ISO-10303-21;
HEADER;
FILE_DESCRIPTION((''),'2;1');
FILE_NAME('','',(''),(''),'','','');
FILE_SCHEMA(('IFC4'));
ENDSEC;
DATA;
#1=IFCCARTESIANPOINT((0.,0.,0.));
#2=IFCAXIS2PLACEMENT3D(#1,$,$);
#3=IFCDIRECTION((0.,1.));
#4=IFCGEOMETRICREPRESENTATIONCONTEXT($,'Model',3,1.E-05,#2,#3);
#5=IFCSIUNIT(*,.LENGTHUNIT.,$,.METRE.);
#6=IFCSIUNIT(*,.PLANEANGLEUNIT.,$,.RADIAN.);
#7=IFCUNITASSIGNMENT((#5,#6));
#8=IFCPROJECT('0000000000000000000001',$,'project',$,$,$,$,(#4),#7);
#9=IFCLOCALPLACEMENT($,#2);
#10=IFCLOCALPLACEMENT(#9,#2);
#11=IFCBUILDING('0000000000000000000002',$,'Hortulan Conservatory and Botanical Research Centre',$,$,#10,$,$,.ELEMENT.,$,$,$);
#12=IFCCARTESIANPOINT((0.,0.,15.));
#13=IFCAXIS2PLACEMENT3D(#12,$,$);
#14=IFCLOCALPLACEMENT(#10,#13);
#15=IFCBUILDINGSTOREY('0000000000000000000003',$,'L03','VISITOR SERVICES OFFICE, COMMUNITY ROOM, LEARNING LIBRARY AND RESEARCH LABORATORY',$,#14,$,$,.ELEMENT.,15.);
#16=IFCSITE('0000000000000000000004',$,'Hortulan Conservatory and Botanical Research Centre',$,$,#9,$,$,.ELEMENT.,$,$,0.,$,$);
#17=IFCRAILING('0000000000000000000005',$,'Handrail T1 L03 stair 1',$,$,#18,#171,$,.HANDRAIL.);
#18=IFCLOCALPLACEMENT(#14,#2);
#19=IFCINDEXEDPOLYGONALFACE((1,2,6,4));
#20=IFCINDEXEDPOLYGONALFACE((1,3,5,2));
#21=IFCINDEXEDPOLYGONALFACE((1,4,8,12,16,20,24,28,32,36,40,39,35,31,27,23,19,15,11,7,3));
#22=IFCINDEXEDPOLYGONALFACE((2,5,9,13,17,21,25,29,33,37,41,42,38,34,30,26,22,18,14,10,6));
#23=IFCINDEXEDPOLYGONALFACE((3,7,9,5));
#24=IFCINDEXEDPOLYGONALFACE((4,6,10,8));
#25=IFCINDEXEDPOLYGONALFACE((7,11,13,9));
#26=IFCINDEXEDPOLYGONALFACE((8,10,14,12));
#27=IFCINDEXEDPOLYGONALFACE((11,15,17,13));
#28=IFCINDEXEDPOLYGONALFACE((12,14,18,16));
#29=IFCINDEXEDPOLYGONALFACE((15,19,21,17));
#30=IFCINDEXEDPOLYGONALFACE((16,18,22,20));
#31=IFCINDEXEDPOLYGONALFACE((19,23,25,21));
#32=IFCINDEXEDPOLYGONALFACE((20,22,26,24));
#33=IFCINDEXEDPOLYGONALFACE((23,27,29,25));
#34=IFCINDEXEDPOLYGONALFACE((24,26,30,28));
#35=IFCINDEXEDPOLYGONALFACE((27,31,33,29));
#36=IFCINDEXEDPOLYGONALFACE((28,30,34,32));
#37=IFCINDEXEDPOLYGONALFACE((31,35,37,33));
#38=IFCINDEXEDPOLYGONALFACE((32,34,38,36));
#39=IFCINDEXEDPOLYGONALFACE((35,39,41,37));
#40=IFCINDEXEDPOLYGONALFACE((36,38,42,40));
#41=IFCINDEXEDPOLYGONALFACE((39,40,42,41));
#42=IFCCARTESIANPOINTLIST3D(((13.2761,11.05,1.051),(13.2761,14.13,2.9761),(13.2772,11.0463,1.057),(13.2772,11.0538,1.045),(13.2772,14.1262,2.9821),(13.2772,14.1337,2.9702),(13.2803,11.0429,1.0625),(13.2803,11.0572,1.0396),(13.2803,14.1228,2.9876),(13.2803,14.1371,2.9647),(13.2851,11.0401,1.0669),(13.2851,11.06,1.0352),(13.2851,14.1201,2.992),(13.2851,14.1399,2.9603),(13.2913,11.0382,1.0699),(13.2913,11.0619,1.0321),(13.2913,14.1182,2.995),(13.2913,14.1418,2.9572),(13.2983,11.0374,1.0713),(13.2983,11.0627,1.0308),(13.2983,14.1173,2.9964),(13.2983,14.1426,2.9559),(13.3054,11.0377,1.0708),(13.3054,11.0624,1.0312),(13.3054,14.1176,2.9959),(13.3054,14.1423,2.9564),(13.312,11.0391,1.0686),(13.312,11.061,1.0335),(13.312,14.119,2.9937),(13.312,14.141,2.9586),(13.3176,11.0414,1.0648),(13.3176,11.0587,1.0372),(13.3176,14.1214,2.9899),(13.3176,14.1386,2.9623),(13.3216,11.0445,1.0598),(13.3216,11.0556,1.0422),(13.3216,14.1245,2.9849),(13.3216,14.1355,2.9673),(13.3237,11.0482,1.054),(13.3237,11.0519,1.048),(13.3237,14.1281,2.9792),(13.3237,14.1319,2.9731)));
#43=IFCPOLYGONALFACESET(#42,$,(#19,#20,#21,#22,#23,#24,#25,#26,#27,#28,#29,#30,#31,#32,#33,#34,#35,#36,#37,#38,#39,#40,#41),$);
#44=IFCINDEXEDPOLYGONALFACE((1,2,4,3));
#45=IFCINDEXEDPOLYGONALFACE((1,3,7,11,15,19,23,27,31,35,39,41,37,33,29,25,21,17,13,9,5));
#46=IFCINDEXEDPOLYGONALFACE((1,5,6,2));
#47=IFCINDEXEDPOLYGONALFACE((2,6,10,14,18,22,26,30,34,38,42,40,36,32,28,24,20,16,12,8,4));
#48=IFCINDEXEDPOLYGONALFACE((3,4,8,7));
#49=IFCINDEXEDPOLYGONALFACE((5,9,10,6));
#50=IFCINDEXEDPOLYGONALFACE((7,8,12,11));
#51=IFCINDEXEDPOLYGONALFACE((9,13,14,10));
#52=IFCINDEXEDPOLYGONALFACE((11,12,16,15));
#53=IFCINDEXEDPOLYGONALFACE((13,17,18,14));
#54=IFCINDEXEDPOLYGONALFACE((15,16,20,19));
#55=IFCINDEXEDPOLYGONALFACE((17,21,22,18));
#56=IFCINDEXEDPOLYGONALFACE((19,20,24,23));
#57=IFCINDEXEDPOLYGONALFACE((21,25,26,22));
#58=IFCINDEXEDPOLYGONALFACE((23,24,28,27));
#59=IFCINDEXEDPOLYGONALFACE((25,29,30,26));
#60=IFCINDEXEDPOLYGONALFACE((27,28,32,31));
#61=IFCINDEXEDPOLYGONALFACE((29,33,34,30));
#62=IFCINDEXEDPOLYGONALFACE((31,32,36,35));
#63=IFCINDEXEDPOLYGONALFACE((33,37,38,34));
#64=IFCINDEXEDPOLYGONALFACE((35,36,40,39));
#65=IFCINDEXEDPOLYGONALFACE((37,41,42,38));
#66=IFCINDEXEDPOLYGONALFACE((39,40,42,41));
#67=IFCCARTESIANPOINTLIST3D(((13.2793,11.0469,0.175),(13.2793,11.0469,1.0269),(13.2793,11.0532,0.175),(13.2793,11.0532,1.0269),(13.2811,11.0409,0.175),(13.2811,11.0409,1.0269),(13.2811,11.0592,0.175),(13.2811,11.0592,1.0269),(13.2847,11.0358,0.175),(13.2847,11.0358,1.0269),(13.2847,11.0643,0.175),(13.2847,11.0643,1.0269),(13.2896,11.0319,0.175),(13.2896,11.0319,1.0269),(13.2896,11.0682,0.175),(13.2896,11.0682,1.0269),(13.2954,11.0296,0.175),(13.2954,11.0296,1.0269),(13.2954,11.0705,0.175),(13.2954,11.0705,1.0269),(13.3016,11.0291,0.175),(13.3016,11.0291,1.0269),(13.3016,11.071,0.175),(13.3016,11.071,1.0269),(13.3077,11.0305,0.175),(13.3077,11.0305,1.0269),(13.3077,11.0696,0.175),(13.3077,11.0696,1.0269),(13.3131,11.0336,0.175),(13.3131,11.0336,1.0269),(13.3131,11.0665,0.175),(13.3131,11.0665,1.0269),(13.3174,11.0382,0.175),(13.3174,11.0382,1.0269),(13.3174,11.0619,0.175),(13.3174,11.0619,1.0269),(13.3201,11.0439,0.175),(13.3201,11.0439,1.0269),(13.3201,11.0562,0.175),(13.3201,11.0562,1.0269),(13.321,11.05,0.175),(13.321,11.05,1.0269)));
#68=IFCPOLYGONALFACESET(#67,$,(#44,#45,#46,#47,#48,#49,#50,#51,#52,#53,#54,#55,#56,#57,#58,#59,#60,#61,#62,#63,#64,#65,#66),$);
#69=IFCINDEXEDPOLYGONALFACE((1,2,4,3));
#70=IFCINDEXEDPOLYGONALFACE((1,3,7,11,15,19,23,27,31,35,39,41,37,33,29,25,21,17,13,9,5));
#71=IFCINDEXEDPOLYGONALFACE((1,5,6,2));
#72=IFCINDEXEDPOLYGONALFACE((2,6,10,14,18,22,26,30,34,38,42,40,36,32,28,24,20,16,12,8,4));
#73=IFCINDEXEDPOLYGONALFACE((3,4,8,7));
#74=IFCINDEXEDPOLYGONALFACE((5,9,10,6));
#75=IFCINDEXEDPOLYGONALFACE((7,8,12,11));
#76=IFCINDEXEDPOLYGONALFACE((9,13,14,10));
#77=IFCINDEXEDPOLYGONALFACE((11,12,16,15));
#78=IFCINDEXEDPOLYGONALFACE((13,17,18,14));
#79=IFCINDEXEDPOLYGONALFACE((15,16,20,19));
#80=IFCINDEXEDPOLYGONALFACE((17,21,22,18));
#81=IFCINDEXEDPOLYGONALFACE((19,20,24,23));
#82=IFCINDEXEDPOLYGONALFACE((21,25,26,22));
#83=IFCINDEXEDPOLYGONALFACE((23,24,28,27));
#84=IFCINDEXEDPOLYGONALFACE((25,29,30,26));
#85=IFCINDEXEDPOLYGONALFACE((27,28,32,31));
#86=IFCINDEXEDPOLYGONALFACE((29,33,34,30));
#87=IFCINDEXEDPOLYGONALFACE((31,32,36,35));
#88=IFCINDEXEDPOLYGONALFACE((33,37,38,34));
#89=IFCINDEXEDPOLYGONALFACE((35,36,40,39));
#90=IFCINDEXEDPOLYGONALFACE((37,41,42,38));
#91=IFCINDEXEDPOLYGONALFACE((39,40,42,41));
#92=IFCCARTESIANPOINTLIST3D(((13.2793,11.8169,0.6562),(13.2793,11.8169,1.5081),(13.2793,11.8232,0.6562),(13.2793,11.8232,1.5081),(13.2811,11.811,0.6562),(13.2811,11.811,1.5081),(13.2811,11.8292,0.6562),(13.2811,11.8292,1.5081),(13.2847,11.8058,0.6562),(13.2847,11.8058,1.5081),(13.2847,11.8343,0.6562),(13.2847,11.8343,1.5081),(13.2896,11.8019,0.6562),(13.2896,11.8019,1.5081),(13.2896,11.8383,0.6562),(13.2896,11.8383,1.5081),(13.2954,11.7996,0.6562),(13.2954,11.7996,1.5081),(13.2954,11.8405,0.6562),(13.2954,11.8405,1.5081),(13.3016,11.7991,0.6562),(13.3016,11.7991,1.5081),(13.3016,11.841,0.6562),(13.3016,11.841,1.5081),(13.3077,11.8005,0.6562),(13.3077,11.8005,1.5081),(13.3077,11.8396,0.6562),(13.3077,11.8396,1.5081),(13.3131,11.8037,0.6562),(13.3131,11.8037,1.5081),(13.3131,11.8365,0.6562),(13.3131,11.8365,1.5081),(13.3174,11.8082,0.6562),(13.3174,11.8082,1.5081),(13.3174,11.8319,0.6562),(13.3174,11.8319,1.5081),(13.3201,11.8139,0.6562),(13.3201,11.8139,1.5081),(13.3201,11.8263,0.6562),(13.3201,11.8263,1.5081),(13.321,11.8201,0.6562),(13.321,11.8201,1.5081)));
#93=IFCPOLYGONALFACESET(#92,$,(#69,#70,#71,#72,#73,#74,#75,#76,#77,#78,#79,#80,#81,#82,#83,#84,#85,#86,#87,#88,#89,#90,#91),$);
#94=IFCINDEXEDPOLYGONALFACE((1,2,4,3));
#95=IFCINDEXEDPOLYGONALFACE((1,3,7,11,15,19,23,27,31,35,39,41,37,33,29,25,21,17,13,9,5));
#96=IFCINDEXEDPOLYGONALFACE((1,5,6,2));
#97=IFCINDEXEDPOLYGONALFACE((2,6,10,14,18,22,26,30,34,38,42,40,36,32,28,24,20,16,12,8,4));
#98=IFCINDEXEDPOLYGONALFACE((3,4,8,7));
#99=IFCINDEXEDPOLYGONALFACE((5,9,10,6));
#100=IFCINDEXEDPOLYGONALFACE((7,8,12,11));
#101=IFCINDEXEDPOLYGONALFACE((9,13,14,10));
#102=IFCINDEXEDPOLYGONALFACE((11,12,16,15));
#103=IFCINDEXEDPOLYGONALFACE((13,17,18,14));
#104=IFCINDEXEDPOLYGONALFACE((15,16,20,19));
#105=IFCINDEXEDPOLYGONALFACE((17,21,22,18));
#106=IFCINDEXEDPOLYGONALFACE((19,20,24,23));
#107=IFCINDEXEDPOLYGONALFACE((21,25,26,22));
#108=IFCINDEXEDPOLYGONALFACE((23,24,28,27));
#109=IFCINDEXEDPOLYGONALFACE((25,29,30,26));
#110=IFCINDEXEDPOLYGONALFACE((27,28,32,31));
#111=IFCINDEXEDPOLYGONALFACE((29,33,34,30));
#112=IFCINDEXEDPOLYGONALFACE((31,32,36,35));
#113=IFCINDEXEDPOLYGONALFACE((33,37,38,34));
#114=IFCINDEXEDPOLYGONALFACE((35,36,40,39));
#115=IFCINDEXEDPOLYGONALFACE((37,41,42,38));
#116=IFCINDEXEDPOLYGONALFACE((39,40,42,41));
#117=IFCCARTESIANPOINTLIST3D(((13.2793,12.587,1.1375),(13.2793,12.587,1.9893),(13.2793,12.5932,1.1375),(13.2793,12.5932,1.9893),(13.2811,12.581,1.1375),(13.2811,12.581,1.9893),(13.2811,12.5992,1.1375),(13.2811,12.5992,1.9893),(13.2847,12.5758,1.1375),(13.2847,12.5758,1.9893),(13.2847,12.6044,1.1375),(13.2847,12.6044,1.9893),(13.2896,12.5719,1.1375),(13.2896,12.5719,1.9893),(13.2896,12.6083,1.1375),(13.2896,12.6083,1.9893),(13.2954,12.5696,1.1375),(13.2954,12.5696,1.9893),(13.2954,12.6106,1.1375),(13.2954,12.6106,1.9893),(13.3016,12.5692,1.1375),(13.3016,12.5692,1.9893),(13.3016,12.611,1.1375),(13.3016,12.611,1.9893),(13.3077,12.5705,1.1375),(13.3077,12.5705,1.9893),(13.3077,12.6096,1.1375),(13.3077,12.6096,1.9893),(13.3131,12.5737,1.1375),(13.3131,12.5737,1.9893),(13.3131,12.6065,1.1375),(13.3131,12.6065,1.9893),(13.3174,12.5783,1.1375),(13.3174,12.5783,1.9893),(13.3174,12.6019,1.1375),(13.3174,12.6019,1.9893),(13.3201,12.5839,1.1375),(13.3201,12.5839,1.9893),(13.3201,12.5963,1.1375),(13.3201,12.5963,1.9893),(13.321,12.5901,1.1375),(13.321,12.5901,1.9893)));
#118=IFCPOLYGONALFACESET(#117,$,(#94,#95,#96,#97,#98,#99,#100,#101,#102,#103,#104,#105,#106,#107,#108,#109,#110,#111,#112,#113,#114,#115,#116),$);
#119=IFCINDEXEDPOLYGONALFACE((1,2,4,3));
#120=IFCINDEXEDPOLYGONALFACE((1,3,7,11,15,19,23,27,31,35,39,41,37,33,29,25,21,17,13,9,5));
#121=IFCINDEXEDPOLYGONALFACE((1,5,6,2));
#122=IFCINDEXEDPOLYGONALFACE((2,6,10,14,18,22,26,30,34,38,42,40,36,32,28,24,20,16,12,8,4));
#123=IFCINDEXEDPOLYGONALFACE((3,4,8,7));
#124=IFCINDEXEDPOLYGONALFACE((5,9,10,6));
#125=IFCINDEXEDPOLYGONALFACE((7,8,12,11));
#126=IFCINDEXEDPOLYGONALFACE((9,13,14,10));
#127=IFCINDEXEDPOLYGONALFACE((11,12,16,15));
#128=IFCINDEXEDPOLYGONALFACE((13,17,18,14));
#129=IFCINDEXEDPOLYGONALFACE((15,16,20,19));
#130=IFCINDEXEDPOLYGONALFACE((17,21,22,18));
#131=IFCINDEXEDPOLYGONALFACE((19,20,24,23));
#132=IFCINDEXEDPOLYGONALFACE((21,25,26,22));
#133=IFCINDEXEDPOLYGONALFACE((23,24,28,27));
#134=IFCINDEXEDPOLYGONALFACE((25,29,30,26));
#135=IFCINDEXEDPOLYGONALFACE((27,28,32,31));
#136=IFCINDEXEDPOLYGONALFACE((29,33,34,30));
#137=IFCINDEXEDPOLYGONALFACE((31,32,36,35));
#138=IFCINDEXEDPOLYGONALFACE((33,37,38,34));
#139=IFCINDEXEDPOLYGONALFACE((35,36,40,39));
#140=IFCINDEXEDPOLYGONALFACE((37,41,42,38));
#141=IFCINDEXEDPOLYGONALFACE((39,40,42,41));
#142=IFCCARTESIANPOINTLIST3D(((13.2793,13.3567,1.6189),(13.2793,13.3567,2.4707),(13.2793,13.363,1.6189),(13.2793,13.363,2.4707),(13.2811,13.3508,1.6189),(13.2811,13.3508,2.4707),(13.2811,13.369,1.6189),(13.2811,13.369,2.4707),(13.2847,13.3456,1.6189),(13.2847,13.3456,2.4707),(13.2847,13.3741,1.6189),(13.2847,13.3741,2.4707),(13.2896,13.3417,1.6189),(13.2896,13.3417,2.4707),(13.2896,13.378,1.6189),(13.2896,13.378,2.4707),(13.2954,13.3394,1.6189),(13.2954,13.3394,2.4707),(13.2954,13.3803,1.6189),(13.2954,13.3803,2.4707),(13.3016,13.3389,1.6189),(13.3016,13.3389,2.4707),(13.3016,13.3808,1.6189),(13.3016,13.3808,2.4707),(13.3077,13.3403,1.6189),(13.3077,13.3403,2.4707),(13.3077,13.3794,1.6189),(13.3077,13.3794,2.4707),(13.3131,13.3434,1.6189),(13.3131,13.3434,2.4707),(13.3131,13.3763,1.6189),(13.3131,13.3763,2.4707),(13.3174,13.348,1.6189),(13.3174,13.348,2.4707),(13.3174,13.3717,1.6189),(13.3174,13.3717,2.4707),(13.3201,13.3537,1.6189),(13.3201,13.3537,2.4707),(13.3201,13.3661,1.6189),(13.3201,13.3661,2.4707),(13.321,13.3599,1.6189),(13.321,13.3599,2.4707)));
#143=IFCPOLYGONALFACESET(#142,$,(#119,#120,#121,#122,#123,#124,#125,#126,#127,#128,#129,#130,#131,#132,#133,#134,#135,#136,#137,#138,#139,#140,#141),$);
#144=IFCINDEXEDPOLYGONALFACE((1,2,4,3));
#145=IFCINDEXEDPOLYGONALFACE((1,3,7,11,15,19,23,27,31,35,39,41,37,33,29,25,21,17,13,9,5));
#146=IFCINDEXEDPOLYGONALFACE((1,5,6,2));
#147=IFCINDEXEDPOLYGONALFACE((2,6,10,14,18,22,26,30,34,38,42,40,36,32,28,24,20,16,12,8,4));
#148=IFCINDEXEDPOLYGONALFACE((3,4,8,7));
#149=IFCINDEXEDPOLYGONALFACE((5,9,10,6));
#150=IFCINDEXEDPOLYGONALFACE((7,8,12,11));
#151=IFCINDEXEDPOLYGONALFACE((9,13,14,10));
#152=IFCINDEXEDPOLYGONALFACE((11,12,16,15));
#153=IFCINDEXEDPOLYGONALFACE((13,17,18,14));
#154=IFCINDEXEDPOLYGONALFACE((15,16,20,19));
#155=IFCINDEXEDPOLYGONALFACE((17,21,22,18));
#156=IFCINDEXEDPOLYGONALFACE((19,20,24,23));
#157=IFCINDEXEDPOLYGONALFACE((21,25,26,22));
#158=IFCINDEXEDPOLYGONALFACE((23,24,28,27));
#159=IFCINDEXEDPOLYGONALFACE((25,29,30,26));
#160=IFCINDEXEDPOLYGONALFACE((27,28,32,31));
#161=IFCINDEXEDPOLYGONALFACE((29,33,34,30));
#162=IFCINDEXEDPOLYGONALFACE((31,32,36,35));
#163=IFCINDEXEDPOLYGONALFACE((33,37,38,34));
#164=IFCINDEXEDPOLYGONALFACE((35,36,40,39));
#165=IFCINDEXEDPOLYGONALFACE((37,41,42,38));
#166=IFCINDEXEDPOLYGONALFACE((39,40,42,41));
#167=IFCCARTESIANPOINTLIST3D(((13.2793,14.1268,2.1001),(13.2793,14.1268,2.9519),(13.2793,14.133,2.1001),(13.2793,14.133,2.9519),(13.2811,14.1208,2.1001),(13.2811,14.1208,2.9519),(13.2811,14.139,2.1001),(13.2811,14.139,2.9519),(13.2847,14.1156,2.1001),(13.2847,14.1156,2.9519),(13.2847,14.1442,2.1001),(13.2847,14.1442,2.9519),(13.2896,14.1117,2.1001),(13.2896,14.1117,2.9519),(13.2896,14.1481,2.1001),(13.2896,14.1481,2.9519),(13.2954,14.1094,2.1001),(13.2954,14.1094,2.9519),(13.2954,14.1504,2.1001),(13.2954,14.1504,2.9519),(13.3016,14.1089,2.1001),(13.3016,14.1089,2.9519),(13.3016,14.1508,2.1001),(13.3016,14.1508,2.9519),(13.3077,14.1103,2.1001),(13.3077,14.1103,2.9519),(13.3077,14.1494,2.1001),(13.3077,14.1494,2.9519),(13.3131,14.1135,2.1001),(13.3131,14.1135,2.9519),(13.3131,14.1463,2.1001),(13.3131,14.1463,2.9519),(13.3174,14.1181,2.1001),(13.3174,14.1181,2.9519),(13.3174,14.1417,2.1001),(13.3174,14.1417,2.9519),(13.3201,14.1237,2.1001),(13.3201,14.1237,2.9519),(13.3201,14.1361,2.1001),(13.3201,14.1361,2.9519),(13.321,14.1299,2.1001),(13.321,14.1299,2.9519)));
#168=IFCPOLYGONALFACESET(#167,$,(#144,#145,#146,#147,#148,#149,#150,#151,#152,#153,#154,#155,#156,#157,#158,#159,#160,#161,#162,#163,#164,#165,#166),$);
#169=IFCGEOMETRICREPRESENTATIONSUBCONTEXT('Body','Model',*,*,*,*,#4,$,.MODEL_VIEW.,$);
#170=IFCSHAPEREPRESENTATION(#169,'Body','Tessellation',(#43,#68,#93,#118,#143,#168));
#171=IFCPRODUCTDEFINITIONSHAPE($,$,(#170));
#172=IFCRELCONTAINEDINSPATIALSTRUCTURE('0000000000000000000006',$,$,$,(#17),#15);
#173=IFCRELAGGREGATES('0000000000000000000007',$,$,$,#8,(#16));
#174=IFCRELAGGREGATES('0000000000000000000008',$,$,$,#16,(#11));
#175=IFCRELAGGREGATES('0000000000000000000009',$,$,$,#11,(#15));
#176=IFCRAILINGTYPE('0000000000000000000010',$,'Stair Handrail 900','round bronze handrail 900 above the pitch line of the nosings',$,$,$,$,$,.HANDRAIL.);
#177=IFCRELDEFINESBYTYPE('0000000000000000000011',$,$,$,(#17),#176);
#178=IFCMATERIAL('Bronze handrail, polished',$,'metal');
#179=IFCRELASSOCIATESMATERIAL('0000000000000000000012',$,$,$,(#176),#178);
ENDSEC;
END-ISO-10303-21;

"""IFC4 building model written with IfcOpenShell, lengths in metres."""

from ifc_helpers import new_model, si_unit, direction, frame, origin, origin_2d, place, context, subcontext, project, spatial, circle, extrude, material, type_object, element, save


model = new_model("IFC4")

# Units and contexts
model_context = context("Model", 3, precision=1e-05, world=origin(), true_north=direction((0.0, 1.0)))
body_context = subcontext(model_context, "Body", "Model", "MODEL_VIEW")
ifc_project = project(units=[si_unit("LENGTHUNIT", "METRE"), si_unit("PLANEANGLEUNIT", "RADIAN")], contexts=[model_context])

# Site, building, storey
site_placement = place(None, origin())
site = spatial("IfcSite", under=ifc_project, at=site_placement, Name="Hortulan Conservatory and Botanical Research Centre", CompositionType="ELEMENT", RefElevation=0.0)
building_placement = place(site_placement, origin())
building = spatial("IfcBuilding", under=site, at=building_placement, Name="Hortulan Conservatory and Botanical Research Centre", CompositionType="ELEMENT")
storey_placement = place(building_placement, frame((0.0, 0.0, 15.0)))
storey = spatial("IfcBuildingStorey", under=building, at=storey_placement, Name="L03", Description="VISITOR SERVICES OFFICE, COMMUNITY ROOM, LEARNING LIBRARY AND RESEARCH LABORATORY", CompositionType="ELEMENT", Elevation=15.0)

# Railing
ifc_material_1 = material(Name="Bronze handrail, polished", Category="metal")
railing_type_1 = type_object("IfcRailingType", Name="Stair Handrail 900", Description="round bronze handrail 900 above the pitch line of the nosings", PredefinedType="HANDRAIL", material=ifc_material_1)
for number, where, name in (
    (1, (13.3, 11.05, 0.175), "Handrail T1 L03 stair 1"),
):
    element("IfcRailing", number, at=place(storey_placement, frame(where)), inside=storey, type_object=railing_type_1, Name=name, PredefinedType="HANDRAIL", context=body_context, shape_type="SweptSolid", body=[
        extrude(circle(Radius=0.0239, at=origin_2d()), frame((0.0, 0.0, 0.876), z_axis=(0.0, 0.847979, 0.530029), x_axis=(-1.0, 0.0, 0.0)), (0.0, 0.0, 1.0), 3.6321),
        extrude(circle(Radius=0.021, at=origin_2d()), origin(), (0.0, 0.0, 1.0), 0.8518),
        extrude(circle(Radius=0.021, at=origin_2d()), frame((0.0, 0.77, 0.4812)), (0.0, 0.0, 1.0), 0.8518),
        extrude(circle(Radius=0.021, at=origin_2d()), frame((0.0, 1.54, 0.9624)), (0.0, 0.0, 1.0), 0.8518),
        extrude(circle(Radius=0.021, at=origin_2d()), frame((0.0, 2.3098, 1.4438)), (0.0, 0.0, 1.0), 0.8518),
        extrude(circle(Radius=0.021, at=origin_2d()), frame((0.0, 3.0798, 1.925)), (0.0, 0.0, 1.0), 0.8518),
    ])

save(model, "model.ifc")
